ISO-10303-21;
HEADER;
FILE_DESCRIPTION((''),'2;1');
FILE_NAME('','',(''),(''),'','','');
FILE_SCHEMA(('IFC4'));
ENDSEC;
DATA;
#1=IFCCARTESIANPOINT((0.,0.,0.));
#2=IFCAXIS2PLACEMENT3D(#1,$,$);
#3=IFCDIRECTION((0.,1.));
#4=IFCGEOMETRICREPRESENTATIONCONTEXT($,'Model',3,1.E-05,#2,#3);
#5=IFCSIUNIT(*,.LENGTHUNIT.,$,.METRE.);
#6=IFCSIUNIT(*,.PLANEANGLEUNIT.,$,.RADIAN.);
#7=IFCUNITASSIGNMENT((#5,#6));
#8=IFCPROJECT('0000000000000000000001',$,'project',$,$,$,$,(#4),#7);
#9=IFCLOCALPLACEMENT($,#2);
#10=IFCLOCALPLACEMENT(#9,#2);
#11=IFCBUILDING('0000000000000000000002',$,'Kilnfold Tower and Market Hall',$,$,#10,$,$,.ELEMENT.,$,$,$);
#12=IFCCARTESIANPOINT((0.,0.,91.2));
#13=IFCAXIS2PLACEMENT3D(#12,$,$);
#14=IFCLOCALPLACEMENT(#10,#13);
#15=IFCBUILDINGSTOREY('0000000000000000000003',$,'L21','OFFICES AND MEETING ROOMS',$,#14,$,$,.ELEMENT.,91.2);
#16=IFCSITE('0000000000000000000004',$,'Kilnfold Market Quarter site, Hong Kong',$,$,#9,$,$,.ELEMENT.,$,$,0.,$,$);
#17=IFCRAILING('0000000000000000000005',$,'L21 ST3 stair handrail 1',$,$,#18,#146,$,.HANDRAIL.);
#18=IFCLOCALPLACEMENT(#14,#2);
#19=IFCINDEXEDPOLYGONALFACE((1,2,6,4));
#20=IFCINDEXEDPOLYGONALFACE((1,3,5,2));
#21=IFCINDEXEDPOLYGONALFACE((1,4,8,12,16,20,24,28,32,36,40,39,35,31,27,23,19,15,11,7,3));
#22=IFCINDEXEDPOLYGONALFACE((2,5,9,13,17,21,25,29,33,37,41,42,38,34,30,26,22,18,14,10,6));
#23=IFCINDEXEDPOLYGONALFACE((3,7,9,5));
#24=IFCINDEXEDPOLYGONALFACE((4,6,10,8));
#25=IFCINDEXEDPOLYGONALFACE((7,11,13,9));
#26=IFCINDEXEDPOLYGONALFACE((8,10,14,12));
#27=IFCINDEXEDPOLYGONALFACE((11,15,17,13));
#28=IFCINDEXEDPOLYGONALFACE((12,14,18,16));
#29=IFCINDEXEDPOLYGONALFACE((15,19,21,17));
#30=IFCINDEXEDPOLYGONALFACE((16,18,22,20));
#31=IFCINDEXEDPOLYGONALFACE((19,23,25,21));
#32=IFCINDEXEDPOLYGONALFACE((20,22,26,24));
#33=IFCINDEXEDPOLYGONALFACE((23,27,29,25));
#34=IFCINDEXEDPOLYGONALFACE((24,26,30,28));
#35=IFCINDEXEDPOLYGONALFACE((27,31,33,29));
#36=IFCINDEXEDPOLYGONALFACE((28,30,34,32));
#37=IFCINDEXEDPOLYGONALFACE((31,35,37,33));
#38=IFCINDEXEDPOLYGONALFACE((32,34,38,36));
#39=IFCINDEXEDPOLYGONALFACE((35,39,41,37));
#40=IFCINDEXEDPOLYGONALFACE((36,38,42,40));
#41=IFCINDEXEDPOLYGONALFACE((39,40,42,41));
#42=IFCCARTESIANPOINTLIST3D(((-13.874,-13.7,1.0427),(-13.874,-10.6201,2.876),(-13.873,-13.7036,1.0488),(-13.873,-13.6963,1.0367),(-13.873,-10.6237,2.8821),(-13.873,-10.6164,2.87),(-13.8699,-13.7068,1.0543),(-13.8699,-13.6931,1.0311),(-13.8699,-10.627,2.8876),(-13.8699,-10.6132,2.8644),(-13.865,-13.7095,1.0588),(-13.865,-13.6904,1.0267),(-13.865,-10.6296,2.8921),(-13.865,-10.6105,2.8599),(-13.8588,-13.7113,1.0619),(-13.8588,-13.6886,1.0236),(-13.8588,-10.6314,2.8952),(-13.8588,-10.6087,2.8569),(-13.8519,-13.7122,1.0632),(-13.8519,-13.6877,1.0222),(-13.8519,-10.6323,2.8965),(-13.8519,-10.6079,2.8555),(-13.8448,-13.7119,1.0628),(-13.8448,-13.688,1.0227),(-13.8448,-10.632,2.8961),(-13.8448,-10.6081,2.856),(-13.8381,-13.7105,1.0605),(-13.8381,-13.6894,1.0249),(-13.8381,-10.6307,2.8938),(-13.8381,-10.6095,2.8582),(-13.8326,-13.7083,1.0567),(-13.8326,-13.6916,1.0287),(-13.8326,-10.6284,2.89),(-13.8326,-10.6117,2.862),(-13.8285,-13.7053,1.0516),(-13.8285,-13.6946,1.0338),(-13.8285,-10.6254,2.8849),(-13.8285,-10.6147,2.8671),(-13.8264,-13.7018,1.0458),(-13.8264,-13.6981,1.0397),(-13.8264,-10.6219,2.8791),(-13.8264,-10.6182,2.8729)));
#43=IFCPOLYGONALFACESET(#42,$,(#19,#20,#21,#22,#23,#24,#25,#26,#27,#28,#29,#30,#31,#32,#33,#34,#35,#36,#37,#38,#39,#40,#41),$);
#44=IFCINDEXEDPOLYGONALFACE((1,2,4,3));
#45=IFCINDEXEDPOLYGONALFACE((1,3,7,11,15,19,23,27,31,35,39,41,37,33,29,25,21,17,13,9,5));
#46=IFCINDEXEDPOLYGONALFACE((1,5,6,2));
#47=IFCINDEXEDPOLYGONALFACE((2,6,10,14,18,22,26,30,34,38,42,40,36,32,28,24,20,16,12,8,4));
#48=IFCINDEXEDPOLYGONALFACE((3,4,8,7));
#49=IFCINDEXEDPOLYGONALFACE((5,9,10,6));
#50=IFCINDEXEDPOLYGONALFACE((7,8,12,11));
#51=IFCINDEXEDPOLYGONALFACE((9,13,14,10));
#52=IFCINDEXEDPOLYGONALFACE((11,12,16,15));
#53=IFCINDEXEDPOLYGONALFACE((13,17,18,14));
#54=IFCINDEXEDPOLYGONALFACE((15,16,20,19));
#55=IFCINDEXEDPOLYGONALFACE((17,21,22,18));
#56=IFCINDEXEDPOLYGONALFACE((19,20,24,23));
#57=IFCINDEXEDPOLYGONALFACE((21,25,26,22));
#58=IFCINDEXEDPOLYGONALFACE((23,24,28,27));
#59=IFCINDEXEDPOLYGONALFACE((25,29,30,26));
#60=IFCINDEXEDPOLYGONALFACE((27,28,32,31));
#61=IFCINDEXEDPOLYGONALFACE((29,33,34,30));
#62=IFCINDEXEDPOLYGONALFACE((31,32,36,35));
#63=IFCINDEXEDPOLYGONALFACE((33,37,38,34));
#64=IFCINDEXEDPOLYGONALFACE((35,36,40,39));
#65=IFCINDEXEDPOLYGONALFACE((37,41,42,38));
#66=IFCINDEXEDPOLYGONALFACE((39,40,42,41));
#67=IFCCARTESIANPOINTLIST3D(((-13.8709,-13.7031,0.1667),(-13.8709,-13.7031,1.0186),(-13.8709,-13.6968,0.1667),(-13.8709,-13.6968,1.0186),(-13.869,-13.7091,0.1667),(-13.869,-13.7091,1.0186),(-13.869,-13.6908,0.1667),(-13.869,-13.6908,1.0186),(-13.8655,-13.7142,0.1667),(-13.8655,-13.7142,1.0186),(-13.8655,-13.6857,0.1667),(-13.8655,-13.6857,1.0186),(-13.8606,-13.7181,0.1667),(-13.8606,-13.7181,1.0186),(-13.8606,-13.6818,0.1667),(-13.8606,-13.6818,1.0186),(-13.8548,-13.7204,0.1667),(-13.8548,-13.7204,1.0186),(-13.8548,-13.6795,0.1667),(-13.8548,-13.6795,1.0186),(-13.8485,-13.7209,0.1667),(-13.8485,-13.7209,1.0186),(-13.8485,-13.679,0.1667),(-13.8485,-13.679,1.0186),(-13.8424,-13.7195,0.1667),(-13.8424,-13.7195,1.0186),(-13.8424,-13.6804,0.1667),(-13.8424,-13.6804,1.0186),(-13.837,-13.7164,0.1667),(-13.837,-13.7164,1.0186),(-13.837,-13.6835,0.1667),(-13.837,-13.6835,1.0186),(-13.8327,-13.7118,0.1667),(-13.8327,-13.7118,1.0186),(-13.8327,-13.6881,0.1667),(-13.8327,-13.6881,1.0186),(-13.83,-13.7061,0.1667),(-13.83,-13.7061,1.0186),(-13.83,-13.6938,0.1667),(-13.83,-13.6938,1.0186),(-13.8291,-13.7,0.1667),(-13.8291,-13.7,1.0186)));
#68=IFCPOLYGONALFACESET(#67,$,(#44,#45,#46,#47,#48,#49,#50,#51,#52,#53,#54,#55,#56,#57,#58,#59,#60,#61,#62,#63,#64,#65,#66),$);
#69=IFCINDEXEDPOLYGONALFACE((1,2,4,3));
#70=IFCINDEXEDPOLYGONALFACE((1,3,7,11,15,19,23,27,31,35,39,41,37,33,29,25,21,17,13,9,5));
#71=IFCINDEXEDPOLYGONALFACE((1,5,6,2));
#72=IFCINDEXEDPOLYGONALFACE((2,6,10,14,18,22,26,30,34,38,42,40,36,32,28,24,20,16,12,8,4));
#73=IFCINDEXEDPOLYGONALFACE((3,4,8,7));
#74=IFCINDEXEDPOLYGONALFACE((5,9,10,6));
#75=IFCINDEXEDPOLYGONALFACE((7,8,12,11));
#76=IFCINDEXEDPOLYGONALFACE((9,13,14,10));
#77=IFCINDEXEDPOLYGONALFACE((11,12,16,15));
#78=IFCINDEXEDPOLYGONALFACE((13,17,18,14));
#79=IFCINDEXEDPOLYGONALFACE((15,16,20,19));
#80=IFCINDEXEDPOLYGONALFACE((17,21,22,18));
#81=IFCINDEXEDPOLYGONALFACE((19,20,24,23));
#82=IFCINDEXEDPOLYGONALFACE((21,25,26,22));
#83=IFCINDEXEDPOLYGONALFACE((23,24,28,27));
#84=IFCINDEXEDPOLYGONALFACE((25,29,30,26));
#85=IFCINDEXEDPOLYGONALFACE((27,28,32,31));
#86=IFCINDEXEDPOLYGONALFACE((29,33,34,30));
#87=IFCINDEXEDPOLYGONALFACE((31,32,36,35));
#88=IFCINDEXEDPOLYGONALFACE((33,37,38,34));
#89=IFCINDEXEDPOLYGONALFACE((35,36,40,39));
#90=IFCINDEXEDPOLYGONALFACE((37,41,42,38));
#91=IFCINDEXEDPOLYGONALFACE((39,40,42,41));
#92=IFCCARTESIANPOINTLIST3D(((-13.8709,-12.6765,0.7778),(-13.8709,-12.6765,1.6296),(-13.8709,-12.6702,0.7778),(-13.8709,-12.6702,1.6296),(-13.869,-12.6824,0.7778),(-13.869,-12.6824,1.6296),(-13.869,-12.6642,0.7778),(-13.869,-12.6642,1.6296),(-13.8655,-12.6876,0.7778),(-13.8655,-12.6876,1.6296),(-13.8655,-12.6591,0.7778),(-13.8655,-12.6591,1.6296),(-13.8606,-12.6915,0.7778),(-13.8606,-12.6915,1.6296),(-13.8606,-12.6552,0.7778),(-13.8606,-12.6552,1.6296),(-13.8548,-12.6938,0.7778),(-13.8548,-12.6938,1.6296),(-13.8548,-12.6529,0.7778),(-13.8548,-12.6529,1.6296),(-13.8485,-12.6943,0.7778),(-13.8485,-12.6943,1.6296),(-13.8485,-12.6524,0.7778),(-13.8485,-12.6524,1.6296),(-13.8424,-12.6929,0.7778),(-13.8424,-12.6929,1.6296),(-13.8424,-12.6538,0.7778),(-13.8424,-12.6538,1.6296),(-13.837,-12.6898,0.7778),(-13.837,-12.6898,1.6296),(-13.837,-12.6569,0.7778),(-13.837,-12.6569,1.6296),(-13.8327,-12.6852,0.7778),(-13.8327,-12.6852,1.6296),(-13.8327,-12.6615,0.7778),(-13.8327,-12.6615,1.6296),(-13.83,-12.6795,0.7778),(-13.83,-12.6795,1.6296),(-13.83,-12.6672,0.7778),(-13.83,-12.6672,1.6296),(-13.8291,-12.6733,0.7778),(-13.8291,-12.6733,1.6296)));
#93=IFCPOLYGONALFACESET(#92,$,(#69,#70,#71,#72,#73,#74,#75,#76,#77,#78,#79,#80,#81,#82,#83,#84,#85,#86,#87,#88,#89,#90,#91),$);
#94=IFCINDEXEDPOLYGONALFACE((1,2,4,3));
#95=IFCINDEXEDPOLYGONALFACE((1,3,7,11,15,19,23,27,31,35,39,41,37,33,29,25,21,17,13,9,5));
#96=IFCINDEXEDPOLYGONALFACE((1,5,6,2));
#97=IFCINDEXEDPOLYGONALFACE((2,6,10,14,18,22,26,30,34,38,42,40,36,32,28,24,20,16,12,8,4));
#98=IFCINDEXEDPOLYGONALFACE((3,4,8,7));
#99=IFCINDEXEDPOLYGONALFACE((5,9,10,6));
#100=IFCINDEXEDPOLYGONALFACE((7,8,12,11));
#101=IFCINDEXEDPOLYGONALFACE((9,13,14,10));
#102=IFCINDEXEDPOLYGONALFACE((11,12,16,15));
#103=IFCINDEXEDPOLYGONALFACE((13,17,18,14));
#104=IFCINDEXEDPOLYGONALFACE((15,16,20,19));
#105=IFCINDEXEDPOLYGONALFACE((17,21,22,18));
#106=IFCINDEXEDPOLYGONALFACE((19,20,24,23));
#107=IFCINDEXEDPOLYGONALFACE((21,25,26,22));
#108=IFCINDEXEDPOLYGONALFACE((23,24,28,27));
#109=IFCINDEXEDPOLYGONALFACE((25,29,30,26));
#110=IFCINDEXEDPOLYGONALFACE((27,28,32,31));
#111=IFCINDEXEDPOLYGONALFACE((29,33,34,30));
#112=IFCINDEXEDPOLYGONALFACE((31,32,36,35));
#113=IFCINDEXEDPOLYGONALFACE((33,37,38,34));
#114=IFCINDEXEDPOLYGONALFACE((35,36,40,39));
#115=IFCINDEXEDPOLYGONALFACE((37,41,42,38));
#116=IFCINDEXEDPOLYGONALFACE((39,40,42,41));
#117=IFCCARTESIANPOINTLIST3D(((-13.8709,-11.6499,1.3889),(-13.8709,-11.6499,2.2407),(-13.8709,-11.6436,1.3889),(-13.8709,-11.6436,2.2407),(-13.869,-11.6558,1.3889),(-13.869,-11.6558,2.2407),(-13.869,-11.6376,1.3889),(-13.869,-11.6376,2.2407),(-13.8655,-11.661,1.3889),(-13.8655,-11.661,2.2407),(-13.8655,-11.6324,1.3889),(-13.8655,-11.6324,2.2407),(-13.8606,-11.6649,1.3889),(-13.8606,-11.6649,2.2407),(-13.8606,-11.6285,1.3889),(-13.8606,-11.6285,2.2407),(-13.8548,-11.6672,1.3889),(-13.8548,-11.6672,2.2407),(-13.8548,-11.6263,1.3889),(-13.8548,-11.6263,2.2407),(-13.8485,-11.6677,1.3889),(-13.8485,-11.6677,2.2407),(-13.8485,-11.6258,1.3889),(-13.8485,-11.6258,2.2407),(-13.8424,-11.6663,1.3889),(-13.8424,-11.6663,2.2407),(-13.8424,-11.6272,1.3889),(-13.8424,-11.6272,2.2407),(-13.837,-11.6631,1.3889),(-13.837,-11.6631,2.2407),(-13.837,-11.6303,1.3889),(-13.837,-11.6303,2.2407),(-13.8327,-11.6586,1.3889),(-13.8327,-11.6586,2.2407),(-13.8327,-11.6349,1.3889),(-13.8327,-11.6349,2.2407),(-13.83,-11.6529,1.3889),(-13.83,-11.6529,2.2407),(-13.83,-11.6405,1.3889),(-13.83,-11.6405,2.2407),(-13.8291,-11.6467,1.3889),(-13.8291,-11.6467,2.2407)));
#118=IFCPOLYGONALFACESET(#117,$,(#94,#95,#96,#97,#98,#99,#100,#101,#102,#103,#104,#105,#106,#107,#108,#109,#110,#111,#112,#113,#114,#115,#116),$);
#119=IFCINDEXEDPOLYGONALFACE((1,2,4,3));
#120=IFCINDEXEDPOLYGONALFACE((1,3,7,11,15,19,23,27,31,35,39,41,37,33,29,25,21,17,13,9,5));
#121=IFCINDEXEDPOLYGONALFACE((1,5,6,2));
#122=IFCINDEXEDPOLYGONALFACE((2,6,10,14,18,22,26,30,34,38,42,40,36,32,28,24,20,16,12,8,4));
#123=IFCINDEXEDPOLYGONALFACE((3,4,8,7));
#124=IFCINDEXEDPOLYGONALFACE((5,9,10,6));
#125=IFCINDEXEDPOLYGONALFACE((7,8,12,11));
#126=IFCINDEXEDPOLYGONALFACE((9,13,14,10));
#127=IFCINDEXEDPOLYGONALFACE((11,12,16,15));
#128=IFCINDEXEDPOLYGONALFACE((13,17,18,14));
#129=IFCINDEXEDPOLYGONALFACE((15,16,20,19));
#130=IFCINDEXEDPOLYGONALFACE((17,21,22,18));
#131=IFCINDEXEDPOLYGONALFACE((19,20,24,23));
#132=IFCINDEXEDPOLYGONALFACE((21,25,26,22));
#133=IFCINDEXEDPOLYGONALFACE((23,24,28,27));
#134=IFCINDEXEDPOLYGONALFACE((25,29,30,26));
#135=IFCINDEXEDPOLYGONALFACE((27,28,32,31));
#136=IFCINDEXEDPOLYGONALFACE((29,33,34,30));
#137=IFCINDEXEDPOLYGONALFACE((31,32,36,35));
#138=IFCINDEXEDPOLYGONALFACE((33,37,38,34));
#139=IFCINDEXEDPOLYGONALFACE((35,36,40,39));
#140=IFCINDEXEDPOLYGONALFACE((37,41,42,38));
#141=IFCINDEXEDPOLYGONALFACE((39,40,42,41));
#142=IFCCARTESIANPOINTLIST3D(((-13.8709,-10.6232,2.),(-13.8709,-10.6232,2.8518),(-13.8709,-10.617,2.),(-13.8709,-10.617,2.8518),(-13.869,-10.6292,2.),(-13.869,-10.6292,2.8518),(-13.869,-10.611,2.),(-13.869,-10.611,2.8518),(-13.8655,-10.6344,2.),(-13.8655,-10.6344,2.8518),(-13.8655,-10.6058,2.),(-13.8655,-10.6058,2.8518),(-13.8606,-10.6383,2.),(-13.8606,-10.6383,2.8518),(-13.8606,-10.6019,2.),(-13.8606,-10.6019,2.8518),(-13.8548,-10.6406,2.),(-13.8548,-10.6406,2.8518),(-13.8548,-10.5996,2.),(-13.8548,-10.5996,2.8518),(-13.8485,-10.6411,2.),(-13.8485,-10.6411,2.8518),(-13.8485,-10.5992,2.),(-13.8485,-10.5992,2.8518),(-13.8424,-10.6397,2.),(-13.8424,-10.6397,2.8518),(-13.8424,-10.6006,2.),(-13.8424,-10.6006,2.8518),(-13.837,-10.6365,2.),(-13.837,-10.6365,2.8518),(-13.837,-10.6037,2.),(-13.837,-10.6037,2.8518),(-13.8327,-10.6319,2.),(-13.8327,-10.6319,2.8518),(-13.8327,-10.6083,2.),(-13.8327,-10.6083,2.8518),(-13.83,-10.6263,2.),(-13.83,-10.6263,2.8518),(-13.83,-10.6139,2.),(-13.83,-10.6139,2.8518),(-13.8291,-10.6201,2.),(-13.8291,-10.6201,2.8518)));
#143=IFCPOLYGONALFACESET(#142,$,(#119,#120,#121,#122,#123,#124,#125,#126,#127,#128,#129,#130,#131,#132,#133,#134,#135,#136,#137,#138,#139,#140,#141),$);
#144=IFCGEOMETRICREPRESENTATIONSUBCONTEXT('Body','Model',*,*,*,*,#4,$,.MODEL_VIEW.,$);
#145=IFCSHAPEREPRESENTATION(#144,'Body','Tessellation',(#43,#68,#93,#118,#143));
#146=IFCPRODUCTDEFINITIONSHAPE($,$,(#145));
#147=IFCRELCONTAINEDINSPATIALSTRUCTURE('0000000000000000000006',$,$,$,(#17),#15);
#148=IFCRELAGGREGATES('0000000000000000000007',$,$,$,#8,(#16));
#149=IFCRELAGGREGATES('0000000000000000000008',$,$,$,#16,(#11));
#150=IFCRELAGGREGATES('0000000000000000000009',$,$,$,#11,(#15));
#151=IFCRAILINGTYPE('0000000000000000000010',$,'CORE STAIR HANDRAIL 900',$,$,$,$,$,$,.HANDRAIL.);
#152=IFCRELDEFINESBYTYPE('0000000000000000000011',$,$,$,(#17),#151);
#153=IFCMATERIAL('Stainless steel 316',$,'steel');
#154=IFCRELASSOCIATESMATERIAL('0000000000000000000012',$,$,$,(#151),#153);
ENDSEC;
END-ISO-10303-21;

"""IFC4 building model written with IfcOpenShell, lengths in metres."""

from ifc_helpers import new_model, si_unit, direction, frame, origin, origin_2d, place, context, subcontext, project, spatial, circle, extrude, material, type_object, element, save


model = new_model("IFC4")

# Units and contexts
model_context = context("Model", 3, precision=1e-05, world=origin(), true_north=direction((0.0, 1.0)))
body_context = subcontext(model_context, "Body", "Model", "MODEL_VIEW")
ifc_project = project(units=[si_unit("LENGTHUNIT", "METRE"), si_unit("PLANEANGLEUNIT", "RADIAN")], contexts=[model_context])

# Site, building, storey
site_placement = place(None, origin())
site = spatial("IfcSite", under=ifc_project, at=site_placement, Name="Kilnfold Market Quarter site, Hong Kong", CompositionType="ELEMENT", RefElevation=0.0)
building_placement = place(site_placement, origin())
building = spatial("IfcBuilding", under=site, at=building_placement, Name="Kilnfold Tower and Market Hall", CompositionType="ELEMENT")
storey_placement = place(building_placement, frame((0.0, 0.0, 91.2)))
storey = spatial("IfcBuildingStorey", under=building, at=storey_placement, Name="L21", Description="OFFICES AND MEETING ROOMS", CompositionType="ELEMENT", Elevation=91.2)

# Railing
ifc_material_1 = material(Name="Stainless steel 316", Category="steel")
railing_type_1 = type_object("IfcRailingType", Name="CORE STAIR HANDRAIL 900", PredefinedType="HANDRAIL", material=ifc_material_1)
railing_1_placement = place(storey_placement, frame((-13.8501, -13.7, 0.1667)))
element("IfcRailing", 1, at=railing_1_placement, inside=storey, type_object=railing_type_1, Name="L21 ST3 stair handrail 1", PredefinedType="HANDRAIL", context=body_context, shape_type="SweptSolid", body=[
    extrude(circle(Radius=0.0239, at=origin_2d()), frame((0.0, 0.0, 0.876), z_axis=(0.0, 0.859291, 0.511487), x_axis=(-1.0, 0.0, 0.0)), (0.0, 0.0, 1.0), 3.5842),
    extrude(circle(Radius=0.021, at=origin_2d()), origin(), (0.0, 0.0, 1.0), 0.8518),
    extrude(circle(Radius=0.021, at=origin_2d()), frame((0.0, 1.0266, 0.6111)), (0.0, 0.0, 1.0), 0.8518),
    extrude(circle(Radius=0.021, at=origin_2d()), frame((0.0, 2.0532, 1.2222)), (0.0, 0.0, 1.0), 0.8518),
    extrude(circle(Radius=0.021, at=origin_2d()), frame((0.0, 3.0798, 1.8333)), (0.0, 0.0, 1.0), 0.8518),
])

save(model, "model.ifc")
